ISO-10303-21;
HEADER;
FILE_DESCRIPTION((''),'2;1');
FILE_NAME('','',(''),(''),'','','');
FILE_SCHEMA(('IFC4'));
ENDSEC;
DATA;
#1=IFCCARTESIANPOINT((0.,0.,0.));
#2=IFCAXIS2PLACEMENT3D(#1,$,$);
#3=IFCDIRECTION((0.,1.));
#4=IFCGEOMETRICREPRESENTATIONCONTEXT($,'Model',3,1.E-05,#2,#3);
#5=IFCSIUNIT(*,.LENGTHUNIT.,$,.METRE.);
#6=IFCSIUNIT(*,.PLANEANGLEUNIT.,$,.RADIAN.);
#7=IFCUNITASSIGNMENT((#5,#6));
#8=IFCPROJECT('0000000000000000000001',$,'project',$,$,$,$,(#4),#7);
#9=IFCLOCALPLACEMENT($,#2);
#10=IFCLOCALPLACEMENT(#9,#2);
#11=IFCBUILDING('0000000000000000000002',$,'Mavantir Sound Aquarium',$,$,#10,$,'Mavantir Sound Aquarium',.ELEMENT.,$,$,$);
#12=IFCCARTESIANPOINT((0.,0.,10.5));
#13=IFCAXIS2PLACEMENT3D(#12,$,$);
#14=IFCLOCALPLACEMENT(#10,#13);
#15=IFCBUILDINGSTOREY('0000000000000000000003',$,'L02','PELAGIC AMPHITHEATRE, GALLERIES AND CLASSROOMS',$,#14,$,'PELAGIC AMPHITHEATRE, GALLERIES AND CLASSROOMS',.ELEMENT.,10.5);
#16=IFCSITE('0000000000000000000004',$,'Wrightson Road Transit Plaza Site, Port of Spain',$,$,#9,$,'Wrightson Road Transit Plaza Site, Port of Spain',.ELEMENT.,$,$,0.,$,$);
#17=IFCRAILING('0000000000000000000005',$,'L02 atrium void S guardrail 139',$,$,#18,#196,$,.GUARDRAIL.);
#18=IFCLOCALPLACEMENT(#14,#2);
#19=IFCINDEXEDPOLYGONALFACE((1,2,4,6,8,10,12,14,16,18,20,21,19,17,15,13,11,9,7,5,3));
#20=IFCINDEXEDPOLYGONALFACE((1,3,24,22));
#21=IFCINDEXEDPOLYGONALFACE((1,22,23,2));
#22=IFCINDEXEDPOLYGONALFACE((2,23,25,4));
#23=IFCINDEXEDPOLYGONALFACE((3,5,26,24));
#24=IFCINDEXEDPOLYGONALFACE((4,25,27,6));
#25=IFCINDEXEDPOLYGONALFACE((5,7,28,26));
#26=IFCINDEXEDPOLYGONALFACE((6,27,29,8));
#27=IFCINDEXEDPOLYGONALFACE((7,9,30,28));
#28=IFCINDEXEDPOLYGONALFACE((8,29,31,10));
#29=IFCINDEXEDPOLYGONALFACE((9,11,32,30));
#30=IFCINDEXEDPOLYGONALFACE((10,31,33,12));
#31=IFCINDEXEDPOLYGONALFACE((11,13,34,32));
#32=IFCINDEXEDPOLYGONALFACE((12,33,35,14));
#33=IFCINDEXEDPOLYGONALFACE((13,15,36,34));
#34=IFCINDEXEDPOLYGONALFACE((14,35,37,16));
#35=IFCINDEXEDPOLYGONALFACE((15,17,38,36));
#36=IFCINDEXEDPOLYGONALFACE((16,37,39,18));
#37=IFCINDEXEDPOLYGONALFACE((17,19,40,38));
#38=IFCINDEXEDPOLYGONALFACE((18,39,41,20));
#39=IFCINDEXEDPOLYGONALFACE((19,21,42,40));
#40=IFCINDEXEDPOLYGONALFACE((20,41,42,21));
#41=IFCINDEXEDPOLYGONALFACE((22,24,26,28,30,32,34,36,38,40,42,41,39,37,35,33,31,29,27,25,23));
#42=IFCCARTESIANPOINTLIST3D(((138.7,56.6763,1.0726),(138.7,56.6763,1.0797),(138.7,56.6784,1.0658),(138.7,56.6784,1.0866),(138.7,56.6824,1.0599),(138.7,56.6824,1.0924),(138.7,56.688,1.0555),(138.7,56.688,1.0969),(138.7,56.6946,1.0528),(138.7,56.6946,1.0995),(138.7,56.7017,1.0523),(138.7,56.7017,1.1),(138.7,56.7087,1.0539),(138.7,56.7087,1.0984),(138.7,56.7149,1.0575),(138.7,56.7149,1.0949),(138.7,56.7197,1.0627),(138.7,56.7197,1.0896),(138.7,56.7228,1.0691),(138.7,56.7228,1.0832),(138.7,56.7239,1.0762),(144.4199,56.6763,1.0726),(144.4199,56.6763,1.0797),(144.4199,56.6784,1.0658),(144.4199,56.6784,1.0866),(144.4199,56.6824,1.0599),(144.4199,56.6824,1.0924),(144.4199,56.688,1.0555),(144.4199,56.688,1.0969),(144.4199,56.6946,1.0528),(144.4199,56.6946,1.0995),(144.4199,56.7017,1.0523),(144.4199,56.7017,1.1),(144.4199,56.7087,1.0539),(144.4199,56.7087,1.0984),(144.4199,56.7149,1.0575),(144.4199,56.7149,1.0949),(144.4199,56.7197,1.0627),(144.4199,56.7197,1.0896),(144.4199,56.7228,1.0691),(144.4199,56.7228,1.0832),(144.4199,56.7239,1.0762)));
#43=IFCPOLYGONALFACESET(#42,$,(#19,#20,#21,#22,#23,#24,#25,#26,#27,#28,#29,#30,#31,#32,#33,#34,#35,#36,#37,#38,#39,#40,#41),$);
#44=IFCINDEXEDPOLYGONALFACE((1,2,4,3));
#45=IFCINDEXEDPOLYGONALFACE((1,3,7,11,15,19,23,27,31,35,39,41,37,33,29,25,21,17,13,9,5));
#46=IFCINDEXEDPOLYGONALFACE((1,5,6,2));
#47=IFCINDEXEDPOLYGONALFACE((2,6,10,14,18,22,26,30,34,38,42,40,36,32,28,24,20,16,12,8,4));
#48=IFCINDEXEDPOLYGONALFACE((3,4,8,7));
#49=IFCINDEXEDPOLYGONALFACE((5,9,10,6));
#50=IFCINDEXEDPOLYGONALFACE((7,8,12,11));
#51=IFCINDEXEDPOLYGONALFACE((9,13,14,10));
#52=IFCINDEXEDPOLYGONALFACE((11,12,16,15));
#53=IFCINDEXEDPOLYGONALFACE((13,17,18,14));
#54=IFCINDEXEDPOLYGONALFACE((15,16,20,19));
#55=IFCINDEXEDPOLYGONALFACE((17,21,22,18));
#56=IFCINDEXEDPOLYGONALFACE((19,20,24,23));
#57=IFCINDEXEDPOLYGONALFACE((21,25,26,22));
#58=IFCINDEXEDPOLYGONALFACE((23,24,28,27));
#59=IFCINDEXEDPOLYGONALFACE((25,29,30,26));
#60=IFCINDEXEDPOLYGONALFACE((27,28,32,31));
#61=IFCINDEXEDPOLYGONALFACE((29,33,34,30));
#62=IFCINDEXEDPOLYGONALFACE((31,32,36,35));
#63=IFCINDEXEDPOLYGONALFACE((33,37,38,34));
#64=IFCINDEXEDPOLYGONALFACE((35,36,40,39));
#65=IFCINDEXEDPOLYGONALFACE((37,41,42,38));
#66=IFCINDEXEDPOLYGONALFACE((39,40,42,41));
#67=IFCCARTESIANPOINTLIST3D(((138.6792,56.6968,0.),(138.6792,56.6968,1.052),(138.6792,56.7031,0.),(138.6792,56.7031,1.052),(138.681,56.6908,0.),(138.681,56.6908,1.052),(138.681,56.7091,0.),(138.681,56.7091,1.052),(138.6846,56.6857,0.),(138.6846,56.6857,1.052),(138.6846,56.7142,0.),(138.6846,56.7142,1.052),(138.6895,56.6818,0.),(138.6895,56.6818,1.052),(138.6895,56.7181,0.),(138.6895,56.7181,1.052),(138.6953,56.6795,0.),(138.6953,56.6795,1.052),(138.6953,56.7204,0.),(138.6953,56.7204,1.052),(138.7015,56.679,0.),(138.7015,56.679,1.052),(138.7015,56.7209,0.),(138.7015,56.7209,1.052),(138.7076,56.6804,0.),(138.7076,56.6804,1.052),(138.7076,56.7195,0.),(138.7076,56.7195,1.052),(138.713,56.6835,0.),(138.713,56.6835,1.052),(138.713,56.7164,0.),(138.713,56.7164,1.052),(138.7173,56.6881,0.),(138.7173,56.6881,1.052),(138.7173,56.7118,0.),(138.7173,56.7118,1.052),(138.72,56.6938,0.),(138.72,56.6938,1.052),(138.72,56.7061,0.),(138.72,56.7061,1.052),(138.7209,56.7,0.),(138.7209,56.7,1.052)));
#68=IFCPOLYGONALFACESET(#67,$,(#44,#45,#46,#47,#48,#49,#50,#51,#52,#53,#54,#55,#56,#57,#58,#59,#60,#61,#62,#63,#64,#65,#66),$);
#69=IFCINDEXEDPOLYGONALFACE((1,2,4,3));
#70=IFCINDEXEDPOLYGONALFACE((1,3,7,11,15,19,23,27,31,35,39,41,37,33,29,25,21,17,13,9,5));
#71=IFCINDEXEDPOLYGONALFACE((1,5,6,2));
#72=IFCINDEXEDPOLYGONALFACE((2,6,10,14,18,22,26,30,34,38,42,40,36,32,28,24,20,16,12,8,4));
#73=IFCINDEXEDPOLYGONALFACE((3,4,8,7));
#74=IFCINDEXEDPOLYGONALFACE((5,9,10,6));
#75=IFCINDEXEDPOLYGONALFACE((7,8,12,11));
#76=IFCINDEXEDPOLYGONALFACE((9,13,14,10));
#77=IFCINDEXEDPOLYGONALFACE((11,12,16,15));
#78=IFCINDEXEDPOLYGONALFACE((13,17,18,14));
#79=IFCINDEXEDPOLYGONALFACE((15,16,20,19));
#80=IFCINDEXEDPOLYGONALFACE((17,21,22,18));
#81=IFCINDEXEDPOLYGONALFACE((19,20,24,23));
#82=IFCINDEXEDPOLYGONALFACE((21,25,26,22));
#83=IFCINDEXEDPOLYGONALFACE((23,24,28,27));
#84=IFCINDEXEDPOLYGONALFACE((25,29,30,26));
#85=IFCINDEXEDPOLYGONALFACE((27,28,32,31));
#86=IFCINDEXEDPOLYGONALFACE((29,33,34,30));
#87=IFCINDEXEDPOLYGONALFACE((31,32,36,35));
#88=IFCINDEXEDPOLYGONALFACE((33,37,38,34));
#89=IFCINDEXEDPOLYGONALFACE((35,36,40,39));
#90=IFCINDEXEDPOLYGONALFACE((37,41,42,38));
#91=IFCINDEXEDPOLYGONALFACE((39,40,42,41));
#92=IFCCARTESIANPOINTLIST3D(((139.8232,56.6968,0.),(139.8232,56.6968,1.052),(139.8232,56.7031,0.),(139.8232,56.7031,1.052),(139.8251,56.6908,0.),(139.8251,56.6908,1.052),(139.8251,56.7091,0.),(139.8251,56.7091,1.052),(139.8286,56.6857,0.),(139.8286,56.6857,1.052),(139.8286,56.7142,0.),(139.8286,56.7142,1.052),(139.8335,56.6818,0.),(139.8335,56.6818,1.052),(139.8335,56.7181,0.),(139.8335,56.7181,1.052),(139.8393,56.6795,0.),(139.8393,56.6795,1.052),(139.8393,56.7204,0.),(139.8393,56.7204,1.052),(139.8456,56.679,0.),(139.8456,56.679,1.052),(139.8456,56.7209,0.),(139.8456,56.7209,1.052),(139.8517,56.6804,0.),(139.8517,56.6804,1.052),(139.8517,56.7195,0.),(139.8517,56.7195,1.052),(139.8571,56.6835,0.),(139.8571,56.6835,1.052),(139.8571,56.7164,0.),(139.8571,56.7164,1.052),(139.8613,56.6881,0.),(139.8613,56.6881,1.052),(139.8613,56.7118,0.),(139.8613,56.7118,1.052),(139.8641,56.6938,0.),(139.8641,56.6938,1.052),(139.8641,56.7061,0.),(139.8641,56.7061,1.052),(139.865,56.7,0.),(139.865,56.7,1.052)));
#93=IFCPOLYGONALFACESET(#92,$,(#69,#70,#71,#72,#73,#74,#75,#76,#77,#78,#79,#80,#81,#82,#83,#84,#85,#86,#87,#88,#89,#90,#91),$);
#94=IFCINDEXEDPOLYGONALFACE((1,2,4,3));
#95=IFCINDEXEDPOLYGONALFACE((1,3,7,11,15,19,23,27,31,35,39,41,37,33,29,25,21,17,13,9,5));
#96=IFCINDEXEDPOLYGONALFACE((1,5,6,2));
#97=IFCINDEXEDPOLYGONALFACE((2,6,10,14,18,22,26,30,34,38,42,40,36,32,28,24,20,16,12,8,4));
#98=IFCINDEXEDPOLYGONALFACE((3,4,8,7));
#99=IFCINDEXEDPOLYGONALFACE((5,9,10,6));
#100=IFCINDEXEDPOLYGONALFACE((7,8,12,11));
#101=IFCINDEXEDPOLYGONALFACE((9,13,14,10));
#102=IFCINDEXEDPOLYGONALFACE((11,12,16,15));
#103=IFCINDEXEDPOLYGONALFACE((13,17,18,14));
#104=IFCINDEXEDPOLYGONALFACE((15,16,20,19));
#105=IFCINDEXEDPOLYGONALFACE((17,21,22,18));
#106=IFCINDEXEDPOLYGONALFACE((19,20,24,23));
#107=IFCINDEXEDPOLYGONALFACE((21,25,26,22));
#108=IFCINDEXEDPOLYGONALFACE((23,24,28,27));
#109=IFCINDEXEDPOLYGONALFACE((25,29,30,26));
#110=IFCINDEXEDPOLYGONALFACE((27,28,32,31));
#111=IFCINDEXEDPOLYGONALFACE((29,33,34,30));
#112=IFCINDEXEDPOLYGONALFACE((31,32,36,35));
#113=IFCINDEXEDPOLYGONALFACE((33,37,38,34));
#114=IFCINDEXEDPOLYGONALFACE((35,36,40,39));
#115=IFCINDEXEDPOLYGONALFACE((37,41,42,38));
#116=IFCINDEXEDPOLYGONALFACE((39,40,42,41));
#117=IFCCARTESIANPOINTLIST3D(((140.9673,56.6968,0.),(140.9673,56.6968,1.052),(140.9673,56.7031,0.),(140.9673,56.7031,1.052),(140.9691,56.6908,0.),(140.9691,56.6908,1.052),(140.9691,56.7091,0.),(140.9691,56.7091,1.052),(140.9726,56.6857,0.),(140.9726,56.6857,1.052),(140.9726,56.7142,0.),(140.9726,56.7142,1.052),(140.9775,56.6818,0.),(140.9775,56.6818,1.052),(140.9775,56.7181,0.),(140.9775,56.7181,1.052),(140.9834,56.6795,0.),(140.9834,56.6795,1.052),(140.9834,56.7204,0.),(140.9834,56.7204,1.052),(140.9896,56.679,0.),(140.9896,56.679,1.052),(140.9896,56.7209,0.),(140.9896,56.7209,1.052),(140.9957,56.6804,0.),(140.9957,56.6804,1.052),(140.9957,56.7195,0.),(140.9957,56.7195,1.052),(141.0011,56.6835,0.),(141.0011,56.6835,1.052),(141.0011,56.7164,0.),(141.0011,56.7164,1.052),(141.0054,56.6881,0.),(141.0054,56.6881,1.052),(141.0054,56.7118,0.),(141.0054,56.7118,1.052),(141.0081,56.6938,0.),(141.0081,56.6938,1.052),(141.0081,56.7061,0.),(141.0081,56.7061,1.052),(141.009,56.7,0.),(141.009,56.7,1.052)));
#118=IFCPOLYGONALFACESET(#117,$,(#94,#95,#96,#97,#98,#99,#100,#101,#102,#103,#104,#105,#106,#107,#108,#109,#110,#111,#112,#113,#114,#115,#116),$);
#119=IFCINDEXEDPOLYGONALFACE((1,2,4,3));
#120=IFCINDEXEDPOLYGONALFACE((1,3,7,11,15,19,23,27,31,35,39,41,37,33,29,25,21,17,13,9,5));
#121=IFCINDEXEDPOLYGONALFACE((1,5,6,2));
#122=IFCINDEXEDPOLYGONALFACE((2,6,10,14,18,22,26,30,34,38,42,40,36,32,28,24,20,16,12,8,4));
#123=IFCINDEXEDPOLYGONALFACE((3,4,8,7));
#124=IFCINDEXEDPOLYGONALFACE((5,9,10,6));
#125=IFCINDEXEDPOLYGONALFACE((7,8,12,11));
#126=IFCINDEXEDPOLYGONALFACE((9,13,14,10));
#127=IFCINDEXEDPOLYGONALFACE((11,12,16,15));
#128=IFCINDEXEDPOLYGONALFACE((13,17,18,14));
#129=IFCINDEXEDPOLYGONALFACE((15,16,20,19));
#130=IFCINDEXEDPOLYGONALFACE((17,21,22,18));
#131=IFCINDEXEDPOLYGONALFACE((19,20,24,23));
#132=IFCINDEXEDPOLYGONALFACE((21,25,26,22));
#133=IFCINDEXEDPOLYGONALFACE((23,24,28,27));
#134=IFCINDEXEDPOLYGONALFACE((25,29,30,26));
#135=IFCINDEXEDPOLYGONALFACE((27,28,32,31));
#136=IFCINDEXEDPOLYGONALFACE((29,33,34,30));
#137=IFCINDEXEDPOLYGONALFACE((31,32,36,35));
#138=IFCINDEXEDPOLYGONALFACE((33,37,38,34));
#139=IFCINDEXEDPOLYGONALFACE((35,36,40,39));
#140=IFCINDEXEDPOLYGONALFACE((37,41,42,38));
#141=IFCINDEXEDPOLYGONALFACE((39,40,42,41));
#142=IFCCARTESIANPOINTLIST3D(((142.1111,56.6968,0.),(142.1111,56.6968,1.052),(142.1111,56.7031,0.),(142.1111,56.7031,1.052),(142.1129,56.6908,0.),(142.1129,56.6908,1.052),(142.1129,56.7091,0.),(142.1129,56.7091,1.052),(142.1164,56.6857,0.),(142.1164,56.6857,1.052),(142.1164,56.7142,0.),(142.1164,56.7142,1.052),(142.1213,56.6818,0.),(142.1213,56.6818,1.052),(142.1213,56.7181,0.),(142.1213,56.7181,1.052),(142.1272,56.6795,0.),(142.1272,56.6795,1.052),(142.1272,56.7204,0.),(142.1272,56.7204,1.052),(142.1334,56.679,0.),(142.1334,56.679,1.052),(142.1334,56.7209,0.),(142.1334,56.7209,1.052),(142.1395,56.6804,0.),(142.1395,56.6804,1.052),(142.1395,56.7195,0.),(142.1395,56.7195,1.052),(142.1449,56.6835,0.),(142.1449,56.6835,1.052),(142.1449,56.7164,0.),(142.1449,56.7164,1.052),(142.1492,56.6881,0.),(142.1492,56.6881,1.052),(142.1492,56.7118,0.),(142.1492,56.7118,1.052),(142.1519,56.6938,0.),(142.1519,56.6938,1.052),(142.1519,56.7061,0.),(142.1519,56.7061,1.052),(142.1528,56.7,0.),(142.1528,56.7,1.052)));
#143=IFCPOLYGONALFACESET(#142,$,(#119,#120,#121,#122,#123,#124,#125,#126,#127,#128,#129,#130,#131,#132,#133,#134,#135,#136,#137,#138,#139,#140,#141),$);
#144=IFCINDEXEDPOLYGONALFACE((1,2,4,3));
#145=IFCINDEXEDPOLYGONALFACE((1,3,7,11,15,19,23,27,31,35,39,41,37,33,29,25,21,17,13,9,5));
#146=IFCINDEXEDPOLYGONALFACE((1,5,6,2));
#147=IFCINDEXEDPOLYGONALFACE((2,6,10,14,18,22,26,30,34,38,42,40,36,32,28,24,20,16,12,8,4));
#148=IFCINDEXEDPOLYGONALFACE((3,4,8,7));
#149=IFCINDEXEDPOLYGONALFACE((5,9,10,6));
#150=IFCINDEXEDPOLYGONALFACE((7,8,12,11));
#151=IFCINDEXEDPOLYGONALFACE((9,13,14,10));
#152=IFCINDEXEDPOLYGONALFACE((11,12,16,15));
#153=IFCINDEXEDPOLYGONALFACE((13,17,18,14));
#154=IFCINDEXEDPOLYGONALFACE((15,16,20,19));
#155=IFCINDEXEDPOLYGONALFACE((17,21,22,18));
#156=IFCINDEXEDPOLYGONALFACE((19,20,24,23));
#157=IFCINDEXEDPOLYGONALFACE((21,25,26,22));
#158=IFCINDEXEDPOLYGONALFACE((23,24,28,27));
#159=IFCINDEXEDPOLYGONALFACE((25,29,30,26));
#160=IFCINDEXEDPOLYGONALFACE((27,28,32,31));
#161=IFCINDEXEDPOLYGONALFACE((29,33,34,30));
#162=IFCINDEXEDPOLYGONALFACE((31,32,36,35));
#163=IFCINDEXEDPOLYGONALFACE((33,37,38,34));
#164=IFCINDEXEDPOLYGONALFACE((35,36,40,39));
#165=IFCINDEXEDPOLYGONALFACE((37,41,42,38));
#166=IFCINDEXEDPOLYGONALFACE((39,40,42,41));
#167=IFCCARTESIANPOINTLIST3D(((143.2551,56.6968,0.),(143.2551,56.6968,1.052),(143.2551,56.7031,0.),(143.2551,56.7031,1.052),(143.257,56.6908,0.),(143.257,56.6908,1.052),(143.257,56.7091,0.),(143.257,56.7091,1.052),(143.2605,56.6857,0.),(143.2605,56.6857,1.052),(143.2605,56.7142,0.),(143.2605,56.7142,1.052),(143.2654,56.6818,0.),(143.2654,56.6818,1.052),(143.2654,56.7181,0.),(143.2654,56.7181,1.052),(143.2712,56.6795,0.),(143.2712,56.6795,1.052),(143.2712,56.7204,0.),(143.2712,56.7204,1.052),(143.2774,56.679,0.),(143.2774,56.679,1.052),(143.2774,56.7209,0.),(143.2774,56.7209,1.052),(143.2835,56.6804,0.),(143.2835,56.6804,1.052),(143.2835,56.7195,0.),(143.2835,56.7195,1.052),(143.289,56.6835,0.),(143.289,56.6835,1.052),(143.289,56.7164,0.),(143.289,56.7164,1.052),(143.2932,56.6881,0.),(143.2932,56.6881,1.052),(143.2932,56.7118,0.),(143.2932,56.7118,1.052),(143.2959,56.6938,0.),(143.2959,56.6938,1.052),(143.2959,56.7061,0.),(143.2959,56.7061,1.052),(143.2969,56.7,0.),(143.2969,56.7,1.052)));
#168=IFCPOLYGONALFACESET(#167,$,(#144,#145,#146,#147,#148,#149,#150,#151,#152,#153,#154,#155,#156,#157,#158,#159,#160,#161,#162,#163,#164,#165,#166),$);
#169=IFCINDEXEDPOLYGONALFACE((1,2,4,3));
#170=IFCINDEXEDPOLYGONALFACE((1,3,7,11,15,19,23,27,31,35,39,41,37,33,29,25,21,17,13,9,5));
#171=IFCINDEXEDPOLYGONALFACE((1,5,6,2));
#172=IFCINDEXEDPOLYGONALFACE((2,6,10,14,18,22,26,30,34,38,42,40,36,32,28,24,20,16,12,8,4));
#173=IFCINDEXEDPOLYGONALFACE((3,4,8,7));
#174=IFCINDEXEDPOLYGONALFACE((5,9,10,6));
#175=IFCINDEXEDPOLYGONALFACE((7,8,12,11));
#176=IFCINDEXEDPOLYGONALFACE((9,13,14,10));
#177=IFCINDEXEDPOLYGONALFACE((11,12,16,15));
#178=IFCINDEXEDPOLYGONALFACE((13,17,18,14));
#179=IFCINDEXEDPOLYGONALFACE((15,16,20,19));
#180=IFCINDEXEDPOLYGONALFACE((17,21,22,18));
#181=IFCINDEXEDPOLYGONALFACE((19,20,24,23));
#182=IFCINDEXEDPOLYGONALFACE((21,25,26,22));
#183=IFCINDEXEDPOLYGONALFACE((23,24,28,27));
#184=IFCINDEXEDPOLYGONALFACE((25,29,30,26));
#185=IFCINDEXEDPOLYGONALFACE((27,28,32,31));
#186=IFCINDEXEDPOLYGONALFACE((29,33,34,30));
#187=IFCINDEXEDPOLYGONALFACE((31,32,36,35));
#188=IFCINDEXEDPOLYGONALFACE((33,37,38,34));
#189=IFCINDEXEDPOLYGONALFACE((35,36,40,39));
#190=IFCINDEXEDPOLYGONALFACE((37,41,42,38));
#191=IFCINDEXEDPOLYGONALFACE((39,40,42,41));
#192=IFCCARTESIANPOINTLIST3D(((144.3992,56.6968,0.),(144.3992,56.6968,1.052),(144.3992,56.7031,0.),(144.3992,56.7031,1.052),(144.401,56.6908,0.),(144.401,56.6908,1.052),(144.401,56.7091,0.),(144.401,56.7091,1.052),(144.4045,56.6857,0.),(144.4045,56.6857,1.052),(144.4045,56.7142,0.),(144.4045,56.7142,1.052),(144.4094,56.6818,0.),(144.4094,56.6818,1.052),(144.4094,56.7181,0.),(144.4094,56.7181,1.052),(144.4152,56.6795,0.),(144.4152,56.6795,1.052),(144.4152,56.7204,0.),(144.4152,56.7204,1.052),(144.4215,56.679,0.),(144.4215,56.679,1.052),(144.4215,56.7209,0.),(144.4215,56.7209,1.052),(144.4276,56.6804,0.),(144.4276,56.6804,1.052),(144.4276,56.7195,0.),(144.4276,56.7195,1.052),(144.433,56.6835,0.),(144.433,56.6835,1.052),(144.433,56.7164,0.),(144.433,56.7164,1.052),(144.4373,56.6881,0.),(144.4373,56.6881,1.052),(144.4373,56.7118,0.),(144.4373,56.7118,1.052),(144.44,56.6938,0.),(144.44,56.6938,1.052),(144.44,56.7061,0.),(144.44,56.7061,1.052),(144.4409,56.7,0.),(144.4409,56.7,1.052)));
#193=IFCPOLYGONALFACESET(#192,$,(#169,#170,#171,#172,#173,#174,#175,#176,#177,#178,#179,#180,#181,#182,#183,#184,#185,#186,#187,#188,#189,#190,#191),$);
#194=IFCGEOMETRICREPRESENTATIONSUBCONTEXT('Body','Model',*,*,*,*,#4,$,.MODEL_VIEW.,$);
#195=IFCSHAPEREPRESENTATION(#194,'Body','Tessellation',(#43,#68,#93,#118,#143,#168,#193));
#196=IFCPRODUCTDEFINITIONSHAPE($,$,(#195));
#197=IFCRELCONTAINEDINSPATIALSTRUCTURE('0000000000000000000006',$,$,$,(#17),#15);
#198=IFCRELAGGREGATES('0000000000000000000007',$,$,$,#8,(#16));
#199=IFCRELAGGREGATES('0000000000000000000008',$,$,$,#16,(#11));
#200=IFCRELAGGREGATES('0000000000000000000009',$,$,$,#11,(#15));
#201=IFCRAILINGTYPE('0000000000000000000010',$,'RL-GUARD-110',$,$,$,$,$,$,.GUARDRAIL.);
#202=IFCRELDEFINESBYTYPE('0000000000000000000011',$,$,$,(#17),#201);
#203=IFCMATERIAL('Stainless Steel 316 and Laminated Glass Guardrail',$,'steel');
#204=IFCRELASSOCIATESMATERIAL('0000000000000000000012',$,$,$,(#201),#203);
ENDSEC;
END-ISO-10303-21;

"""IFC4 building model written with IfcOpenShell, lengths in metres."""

from ifc_helpers import new_model, si_unit, direction, frame, origin, origin_2d, place, context, subcontext, project, spatial, circle, extrude, material, type_object, element, save


model = new_model("IFC4")

# Units and contexts
model_context = context("Model", 3, precision=1e-05, world=origin(), true_north=direction((0.0, 1.0)))
body_context = subcontext(model_context, "Body", "Model", "MODEL_VIEW")
ifc_project = project(units=[si_unit("LENGTHUNIT", "METRE"), si_unit("PLANEANGLEUNIT", "RADIAN")], contexts=[model_context])

# Site, building, storey
site_placement = place(None, origin())
site = spatial("IfcSite", under=ifc_project, at=site_placement, Name="Wrightson Road Transit Plaza Site, Port of Spain", LongName="Wrightson Road Transit Plaza Site, Port of Spain", CompositionType="ELEMENT", RefElevation=0.0)
building_placement = place(site_placement, origin())
building = spatial("IfcBuilding", under=site, at=building_placement, Name="Mavantir Sound Aquarium", LongName="Mavantir Sound Aquarium", CompositionType="ELEMENT")
storey_placement = place(building_placement, frame((0.0, 0.0, 10.5)))
storey = spatial("IfcBuildingStorey", under=building, at=storey_placement, Name="L02", Description="PELAGIC AMPHITHEATRE, GALLERIES AND CLASSROOMS", LongName="PELAGIC AMPHITHEATRE, GALLERIES AND CLASSROOMS", CompositionType="ELEMENT", Elevation=10.5)

# Railing
ifc_material_1 = material(Name="Stainless Steel 316 and Laminated Glass Guardrail", Category="steel")
railing_type = type_object("IfcRailingType", Name="RL-GUARD-110", PredefinedType="GUARDRAIL", material=ifc_material_1)
railing_1_placement = place(storey_placement, frame((138.7, 56.7, 0.0)))
element("IfcRailing", 1, at=railing_1_placement, inside=storey, type_object=railing_type, Name="L02 atrium void S guardrail 139", PredefinedType="GUARDRAIL", context=body_context, shape_type="SweptSolid", body=[
    extrude(circle(Radius=0.0239, at=origin_2d()), frame((0.0, 0.0, 1.0762), z_axis=(1.0, 0.0, 0.0), x_axis=(0.0, 1.0, 0.0)), (0.0, 0.0, 1.0), 5.72),
    extrude(circle(Radius=0.021, at=origin_2d()), origin(), (0.0, 0.0, 1.0), 1.052),
    extrude(circle(Radius=0.021, at=origin_2d()), frame((1.144, 0.0, 0.0)), (0.0, 0.0, 1.0), 1.052),
    extrude(circle(Radius=0.021, at=origin_2d()), frame((2.2881, 0.0, 0.0)), (0.0, 0.0, 1.0), 1.052),
    extrude(circle(Radius=0.021, at=origin_2d()), frame((3.4319, 0.0, 0.0)), (0.0, 0.0, 1.0), 1.052),
    extrude(circle(Radius=0.021, at=origin_2d()), frame((4.5759, 0.0, 0.0)), (0.0, 0.0, 1.0), 1.052),
    extrude(circle(Radius=0.021, at=origin_2d()), frame((5.72, 0.0, 0.0)), (0.0, 0.0, 1.0), 1.052),
])

save(model, "model.ifc")
